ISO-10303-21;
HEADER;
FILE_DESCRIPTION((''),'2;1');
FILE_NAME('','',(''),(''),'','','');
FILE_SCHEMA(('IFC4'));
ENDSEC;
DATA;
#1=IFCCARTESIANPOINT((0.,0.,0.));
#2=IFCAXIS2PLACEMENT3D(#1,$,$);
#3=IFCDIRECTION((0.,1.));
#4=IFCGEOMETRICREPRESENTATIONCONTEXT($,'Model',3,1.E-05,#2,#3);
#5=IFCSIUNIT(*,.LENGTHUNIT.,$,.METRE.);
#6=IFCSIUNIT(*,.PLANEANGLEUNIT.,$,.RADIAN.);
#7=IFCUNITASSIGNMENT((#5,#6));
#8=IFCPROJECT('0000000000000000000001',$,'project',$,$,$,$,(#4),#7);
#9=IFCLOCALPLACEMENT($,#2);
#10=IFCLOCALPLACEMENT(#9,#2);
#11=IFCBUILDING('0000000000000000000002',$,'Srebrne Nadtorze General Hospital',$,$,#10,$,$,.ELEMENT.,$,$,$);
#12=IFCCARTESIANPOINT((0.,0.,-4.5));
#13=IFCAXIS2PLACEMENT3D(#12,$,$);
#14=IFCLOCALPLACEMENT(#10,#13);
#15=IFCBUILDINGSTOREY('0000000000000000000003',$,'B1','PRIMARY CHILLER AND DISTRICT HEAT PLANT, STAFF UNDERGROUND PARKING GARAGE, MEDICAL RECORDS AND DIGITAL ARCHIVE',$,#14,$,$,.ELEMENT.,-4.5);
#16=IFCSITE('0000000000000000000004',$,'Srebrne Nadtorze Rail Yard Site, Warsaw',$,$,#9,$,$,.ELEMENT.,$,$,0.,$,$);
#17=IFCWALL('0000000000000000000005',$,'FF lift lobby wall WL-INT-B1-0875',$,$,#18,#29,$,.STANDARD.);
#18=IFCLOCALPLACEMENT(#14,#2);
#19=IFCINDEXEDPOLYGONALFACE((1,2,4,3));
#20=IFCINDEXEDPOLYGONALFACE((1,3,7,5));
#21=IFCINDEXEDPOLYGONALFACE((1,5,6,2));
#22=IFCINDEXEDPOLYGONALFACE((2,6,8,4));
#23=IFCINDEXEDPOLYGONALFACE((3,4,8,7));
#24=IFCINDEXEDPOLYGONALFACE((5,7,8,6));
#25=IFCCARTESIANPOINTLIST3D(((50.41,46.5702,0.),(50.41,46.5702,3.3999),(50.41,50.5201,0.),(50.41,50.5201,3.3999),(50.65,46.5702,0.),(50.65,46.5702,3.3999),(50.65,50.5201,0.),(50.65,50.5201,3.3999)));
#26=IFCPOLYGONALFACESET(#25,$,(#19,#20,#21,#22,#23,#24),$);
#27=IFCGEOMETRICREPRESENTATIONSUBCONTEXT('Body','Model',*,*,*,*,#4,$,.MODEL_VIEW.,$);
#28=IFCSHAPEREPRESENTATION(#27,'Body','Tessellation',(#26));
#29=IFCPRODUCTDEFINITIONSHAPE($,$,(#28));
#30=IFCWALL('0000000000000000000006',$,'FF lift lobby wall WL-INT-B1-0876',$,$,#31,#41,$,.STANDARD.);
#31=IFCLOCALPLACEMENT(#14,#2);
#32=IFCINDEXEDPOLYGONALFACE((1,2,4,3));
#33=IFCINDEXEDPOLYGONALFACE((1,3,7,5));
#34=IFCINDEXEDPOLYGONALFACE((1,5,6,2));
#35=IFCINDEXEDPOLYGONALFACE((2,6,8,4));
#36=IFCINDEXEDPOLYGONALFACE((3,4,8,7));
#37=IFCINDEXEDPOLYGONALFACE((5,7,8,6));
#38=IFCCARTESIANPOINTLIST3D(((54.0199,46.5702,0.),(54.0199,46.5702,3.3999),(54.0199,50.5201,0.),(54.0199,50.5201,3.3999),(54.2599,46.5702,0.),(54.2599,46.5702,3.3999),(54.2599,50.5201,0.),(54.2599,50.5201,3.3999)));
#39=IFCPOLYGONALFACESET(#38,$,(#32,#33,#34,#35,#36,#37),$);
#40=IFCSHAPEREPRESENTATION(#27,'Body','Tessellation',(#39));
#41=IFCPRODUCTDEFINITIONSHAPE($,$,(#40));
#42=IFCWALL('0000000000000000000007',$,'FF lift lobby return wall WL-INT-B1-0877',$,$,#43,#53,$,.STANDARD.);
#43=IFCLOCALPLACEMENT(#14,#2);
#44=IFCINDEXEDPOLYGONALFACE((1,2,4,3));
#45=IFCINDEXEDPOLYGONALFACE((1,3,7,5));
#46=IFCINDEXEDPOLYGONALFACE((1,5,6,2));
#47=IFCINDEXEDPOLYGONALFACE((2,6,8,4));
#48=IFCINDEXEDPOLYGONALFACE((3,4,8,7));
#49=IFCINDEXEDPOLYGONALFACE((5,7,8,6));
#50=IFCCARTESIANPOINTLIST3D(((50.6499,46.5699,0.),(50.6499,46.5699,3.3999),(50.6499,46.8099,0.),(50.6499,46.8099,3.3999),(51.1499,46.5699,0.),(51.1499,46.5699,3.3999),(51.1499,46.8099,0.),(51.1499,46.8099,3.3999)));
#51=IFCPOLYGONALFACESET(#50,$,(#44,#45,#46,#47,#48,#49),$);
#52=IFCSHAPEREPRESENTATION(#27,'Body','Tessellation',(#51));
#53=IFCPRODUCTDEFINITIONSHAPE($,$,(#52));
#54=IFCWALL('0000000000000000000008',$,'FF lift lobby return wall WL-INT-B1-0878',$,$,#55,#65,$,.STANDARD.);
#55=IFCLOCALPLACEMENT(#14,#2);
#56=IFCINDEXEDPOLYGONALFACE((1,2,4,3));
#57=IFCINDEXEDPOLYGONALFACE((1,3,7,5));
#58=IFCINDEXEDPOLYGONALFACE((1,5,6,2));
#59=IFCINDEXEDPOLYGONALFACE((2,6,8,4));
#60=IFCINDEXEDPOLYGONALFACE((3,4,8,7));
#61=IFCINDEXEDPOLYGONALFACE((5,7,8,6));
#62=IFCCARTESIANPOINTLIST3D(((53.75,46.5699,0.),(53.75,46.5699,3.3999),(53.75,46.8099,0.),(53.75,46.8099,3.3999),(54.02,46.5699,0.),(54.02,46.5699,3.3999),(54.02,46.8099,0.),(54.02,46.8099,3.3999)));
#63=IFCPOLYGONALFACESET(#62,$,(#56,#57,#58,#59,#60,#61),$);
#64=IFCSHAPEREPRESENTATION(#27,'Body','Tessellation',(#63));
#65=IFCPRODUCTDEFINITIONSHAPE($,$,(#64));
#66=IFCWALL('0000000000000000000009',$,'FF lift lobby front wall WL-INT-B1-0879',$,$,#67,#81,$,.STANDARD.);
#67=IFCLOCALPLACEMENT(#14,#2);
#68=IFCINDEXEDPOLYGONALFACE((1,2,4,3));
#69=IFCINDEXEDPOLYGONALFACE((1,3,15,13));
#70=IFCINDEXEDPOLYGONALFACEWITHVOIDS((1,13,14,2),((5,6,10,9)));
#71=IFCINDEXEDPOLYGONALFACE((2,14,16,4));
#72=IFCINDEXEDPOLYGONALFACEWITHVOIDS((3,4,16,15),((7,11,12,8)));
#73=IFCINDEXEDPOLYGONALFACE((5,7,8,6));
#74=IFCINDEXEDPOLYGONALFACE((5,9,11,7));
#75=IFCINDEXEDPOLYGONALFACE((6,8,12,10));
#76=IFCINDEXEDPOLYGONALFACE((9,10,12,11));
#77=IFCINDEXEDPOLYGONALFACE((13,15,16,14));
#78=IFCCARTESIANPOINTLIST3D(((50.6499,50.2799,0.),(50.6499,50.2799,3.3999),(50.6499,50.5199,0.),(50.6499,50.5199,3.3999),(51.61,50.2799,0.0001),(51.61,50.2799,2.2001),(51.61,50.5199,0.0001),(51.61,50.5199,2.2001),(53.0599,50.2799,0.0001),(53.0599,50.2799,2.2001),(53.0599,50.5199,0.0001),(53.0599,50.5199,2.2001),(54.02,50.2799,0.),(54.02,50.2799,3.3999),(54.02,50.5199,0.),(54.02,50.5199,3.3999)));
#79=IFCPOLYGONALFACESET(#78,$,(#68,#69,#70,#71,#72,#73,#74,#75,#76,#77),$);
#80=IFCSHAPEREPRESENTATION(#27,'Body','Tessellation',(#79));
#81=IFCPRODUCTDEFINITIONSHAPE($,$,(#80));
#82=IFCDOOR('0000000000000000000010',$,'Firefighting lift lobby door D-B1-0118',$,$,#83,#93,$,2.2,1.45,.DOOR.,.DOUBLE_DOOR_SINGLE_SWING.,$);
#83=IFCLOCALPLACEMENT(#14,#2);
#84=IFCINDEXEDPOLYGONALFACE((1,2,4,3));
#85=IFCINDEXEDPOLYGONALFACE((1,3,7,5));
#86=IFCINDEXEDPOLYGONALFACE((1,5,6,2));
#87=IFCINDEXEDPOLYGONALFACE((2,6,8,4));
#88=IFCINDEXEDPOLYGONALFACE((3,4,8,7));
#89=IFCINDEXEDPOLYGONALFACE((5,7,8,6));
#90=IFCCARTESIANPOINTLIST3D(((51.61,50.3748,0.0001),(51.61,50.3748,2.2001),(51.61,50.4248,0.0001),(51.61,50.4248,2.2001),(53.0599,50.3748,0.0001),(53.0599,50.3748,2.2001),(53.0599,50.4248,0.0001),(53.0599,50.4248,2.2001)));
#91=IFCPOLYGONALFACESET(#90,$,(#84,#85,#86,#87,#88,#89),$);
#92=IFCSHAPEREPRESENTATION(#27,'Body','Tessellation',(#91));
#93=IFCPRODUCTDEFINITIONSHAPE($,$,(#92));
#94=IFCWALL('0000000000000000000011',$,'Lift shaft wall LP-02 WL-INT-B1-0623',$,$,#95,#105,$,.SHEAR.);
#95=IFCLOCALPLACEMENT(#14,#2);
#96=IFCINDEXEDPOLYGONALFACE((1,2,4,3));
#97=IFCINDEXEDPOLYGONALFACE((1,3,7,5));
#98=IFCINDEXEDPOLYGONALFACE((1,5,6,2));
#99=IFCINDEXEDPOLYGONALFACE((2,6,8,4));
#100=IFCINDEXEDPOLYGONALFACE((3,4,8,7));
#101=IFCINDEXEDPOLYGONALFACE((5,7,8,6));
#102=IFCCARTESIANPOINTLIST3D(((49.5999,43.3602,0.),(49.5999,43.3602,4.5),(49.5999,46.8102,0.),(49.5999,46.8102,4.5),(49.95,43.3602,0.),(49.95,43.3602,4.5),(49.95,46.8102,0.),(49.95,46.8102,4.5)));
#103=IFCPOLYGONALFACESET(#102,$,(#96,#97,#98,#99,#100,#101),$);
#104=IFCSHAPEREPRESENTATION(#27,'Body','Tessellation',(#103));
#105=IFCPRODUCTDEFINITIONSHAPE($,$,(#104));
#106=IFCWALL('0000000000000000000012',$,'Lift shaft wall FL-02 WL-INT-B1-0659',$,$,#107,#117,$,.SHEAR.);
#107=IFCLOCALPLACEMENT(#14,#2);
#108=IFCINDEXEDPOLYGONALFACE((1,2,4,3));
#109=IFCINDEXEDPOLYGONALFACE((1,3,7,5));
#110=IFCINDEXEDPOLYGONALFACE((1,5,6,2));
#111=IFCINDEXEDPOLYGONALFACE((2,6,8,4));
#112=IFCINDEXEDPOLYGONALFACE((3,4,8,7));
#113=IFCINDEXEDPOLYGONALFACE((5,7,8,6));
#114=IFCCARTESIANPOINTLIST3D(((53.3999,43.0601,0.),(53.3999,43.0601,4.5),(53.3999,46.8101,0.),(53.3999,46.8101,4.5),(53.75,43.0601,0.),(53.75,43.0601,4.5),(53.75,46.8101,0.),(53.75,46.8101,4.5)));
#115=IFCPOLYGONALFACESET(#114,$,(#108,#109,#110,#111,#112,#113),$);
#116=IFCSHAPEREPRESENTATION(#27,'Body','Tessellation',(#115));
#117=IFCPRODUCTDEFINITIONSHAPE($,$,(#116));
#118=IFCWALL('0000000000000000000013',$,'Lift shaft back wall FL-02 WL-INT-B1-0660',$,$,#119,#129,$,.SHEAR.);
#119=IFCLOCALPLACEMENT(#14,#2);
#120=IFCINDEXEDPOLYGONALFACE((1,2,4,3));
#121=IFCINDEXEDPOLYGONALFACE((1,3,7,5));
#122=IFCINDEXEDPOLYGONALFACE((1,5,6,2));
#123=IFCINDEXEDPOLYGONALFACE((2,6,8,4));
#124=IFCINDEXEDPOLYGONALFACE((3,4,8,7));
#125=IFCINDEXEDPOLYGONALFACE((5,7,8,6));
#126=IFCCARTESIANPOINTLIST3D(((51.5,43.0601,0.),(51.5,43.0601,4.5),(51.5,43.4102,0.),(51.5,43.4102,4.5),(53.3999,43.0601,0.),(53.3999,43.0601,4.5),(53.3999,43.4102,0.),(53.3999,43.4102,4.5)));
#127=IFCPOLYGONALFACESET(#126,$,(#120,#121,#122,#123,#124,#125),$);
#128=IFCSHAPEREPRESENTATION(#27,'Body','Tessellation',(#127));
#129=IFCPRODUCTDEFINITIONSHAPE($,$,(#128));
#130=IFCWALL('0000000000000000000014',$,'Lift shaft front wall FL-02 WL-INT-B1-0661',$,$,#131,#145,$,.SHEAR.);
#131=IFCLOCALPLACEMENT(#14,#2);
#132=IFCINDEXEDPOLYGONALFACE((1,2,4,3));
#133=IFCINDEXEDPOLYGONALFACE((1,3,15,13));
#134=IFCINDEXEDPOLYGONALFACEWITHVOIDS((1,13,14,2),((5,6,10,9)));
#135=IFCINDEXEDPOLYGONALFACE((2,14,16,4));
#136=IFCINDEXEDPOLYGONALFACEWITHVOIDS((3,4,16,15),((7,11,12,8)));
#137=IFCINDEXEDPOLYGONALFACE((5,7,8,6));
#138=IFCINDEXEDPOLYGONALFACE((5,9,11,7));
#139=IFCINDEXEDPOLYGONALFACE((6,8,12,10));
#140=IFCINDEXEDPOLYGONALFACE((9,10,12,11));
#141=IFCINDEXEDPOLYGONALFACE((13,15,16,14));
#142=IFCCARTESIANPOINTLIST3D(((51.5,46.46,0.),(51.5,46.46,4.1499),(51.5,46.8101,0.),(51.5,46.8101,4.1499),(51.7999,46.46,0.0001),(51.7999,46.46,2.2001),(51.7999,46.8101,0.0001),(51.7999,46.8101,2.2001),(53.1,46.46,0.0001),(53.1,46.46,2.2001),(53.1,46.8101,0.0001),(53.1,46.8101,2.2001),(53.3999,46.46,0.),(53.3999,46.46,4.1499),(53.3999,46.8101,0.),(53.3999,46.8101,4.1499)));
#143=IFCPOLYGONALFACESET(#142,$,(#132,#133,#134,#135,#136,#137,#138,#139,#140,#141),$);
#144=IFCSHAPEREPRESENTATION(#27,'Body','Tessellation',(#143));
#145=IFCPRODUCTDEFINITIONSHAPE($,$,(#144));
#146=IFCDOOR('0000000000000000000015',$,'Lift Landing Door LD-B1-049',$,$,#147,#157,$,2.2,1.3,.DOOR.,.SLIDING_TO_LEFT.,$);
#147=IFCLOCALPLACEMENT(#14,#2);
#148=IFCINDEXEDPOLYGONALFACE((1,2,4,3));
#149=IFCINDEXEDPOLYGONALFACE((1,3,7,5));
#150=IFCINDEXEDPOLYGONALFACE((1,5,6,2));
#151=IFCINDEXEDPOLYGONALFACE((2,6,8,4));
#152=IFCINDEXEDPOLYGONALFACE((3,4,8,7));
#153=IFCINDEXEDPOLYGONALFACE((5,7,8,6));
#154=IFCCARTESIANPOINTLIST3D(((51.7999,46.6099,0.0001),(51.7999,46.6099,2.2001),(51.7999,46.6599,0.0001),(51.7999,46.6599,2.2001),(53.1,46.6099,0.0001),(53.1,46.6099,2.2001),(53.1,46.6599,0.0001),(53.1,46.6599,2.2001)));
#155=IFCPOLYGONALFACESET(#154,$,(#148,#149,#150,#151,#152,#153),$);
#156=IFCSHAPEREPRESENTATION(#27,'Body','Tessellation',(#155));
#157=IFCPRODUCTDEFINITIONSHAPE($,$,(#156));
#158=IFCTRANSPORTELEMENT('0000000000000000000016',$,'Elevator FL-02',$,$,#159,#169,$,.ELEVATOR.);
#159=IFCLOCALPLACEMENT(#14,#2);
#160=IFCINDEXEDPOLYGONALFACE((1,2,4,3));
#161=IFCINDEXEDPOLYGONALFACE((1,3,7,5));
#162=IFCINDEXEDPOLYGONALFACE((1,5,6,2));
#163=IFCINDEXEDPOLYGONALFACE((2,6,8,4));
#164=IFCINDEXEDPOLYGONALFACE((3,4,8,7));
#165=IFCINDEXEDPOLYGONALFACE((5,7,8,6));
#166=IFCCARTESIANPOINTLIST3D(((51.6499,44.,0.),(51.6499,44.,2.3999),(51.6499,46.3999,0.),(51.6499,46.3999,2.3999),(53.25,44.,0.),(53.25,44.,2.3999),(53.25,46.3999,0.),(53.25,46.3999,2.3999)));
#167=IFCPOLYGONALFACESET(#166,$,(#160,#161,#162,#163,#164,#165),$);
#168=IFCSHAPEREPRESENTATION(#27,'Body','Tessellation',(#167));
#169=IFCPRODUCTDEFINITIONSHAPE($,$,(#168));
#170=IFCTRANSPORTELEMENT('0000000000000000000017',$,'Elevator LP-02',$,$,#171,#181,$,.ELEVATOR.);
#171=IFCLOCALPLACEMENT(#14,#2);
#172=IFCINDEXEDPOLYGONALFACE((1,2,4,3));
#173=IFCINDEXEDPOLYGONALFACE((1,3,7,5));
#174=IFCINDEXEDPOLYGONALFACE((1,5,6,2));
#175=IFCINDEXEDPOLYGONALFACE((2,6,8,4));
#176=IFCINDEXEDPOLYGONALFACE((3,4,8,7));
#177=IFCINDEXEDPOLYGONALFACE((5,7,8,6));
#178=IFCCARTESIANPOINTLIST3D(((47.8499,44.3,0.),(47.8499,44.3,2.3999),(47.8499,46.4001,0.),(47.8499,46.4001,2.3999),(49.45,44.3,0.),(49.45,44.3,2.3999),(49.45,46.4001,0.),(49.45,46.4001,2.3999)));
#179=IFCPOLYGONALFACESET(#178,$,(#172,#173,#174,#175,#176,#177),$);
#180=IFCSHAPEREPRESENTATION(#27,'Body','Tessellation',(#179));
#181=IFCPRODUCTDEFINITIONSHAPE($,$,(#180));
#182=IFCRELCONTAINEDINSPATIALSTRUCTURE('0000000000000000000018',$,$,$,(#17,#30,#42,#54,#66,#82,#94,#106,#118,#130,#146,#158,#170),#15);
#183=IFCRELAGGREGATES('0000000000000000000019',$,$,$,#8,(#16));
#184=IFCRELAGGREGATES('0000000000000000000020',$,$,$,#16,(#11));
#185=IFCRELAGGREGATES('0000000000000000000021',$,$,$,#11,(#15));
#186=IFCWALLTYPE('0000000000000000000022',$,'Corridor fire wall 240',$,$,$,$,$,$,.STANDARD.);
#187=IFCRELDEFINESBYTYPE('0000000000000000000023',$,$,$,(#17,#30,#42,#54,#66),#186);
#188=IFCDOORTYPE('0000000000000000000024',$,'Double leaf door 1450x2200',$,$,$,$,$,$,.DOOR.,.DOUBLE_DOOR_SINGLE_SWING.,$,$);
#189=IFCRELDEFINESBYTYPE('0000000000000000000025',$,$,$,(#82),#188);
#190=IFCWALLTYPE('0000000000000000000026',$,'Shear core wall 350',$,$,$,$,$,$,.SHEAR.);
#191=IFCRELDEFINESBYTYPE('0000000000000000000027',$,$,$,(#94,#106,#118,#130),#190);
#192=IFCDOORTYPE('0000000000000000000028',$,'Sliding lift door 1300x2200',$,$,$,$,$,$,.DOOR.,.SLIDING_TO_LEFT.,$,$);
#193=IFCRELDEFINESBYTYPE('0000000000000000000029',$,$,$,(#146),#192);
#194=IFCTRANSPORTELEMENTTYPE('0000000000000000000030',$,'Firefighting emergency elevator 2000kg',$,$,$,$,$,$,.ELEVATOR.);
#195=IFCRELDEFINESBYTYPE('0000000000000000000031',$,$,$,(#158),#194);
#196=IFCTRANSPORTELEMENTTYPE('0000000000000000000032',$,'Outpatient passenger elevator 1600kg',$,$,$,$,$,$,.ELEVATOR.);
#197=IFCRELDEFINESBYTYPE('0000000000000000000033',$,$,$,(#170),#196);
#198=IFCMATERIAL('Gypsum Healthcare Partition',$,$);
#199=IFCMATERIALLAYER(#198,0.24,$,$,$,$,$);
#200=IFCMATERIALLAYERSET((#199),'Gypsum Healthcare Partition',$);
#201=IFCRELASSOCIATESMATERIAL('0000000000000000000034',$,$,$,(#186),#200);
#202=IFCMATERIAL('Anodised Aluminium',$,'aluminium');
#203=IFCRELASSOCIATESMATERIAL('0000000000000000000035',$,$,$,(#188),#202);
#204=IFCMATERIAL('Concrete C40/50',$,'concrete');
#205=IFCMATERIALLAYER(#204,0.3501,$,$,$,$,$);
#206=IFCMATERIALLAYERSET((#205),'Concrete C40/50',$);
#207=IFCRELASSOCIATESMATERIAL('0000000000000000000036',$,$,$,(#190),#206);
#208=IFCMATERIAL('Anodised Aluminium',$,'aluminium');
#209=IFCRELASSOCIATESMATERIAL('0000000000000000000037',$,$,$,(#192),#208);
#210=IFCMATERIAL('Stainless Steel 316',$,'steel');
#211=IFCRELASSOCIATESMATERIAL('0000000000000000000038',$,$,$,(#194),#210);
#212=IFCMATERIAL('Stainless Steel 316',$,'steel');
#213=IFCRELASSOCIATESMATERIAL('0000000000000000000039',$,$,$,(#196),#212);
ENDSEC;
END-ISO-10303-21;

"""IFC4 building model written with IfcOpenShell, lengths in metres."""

from ifc_helpers import new_model, si_unit, direction, frame, frame_2d, origin, origin_2d, place, context, subcontext, project, spatial, rectangle, extrude, material, layer, layer_set, type_object, element, fill, save


model = new_model("IFC4")

# Units and contexts
model_context = context("Model", 3, precision=1e-05, world=origin(), true_north=direction((0.0, 1.0)))
body_context = subcontext(model_context, "Body", "Model", "MODEL_VIEW")
ifc_project = project(units=[si_unit("LENGTHUNIT", "METRE"), si_unit("PLANEANGLEUNIT", "RADIAN")], contexts=[model_context])

# Site, building, storey
site_placement = place(None, origin())
site = spatial("IfcSite", under=ifc_project, at=site_placement, Name="Srebrne Nadtorze Rail Yard Site, Warsaw", CompositionType="ELEMENT", RefElevation=0.0)
building_placement = place(site_placement, origin())
building = spatial("IfcBuilding", under=site, at=building_placement, Name="Srebrne Nadtorze General Hospital", CompositionType="ELEMENT")
storey_placement = place(building_placement, frame((0.0, 0.0, -4.5)))
storey = spatial("IfcBuildingStorey", under=building, at=storey_placement, Name="B1", Description="PRIMARY CHILLER AND DISTRICT HEAT PLANT, STAFF UNDERGROUND PARKING GARAGE, MEDICAL RECORDS AND DIGITAL ARCHIVE", CompositionType="ELEMENT", Elevation=-4.5)

# Walls
ifc_material_1 = material(Name="Gypsum Healthcare Partition")
ifc_layer_1 = layer(ifc_material_1, 0.24)
ifc_layer_set_1 = layer_set([ifc_layer_1], Name="Gypsum Healthcare Partition")
wall_type_1 = type_object("IfcWallType", Name="Corridor fire wall 240", PredefinedType="STANDARD", material=ifc_layer_set_1)
for number, where, z_axis, x_axis, name in (
    (1, (50.53, 46.5701, 0.0), (0.0, 0.0, 1.0), (0.0, 1.0, 0.0), "FF lift lobby wall WL-INT-B1-0875"),
    (2, (54.1399, 46.5701, 0.0), (0.0, 0.0, 1.0), (0.0, 1.0, 0.0), "FF lift lobby wall WL-INT-B1-0876"),
):
    element("IfcWall", number, at=place(storey_placement, frame(where, z_axis=z_axis, x_axis=x_axis)), inside=storey, type_object=wall_type_1, Name=name, PredefinedType="STANDARD", context=body_context, shape_type="SweptSolid", body=[
        extrude(rectangle(XDim=3.95, YDim=0.24, at=frame_2d((1.9751, 0.0))), origin(), (0.0, 0.0, 1.0), 3.3999),
    ])
wall_1_placement = place(storey_placement, frame((50.6499, 46.6899, 0.0), z_axis=(0.0, 0.0, 1.0), x_axis=(1.0, 0.0, 0.0)))
element("IfcWall", 3, at=wall_1_placement, inside=storey, type_object=wall_type_1, Name="FF lift lobby return wall WL-INT-B1-0877", PredefinedType="STANDARD", context=body_context, shape_type="SweptSolid", body=[
    extrude(rectangle(XDim=0.5, YDim=0.24, at=frame_2d((0.25, 0.0))), origin(), (0.0, 0.0, 1.0), 3.3999),
])
wall_2_placement = place(storey_placement, frame((53.75, 46.6899, 0.0), z_axis=(0.0, 0.0, 1.0), x_axis=(1.0, 0.0, 0.0)))
element("IfcWall", 4, at=wall_2_placement, inside=storey, type_object=wall_type_1, Name="FF lift lobby return wall WL-INT-B1-0878", PredefinedType="STANDARD", context=body_context, shape_type="SweptSolid", body=[
    extrude(rectangle(XDim=0.27, YDim=0.24, at=frame_2d((0.135, 0.0))), origin(), (0.0, 0.0, 1.0), 3.3999),
])

# Wall, opening, door
wall_3_placement = place(storey_placement, frame((50.6499, 50.3999, 0.0), z_axis=(0.0, 0.0, 1.0), x_axis=(1.0, 0.0, 0.0)))
wall_3 = element("IfcWall", 5, at=wall_3_placement, inside=storey, type_object=wall_type_1, Name="FF lift lobby front wall WL-INT-B1-0879", PredefinedType="STANDARD", context=body_context, shape_type="SweptSolid", body=[
    extrude(rectangle(XDim=3.3701, YDim=0.24, at=frame_2d((1.6851, 0.0))), origin(), (0.0, 0.0, 1.0), 3.3999),
])
opening_1_placement = place(wall_3_placement, frame((0.96, 0.0, 0.0)))
opening_1 = element("IfcOpeningElement", 6, at=opening_1_placement, cuts=wall_3, PredefinedType="OPENING", context=body_context, shape_type="SweptSolid", body=[
    extrude(rectangle(XDim=1.45, YDim=2.2, at=frame_2d((0.7251, 1.1001))), frame((0.0, 0.1318, 0.0), z_axis=(0.0, -1.0, 0.0), x_axis=(1.0, 0.0, 0.0)), (0.0, 0.0, 1.0), 0.2639),
])
ifc_material_2 = material(Name="Anodised Aluminium", Category="aluminium")
door_type_1 = type_object("IfcDoorType", Name="Double leaf door 1450x2200", OperationType="DOUBLE_DOOR_SINGLE_SWING", PredefinedType="DOOR", material=ifc_material_2)
door_1_placement = place(opening_1_placement, origin())
door_1 = element("IfcDoor", 7, at=door_1_placement, inside=storey, type_object=door_type_1, Name="Firefighting lift lobby door D-B1-0118", OperationType="DOUBLE_DOOR_SINGLE_SWING", OverallHeight=2.2, OverallWidth=1.45, PredefinedType="DOOR", context=body_context, shape_type="SweptSolid", body=[
    extrude(rectangle(XDim=1.45, YDim=2.2, at=frame_2d((0.7251, 1.1001))), frame((0.0, 0.0249, 0.0), z_axis=(0.0, -1.0, 0.0), x_axis=(1.0, 0.0, 0.0)), (0.0, 0.0, 1.0), 0.05),
])
fill(opening_1, door_1)

# Walls
ifc_material_3 = material(Name="Concrete C40/50", Category="concrete")
ifc_layer_2 = layer(ifc_material_3, 0.3501)
ifc_layer_set_2 = layer_set([ifc_layer_2], Name="Concrete C40/50")
wall_type_2 = type_object("IfcWallType", Name="Shear core wall 350", PredefinedType="SHEAR", material=ifc_layer_set_2)
wall_4_placement = place(storey_placement, frame((49.7749, 43.3601, 0.0), z_axis=(0.0, 0.0, 1.0), x_axis=(0.0, 1.0, 0.0)))
element("IfcWall", 8, at=wall_4_placement, inside=storey, type_object=wall_type_2, Name="Lift shaft wall LP-02 WL-INT-B1-0623", PredefinedType="SHEAR", context=body_context, shape_type="SweptSolid", body=[
    extrude(rectangle(XDim=3.45, YDim=0.3501, at=frame_2d((1.7251, 0.0))), origin(), (0.0, 0.0, 1.0), 4.5),
])
wall_5_placement = place(storey_placement, frame((53.575, 43.0601, 0.0), z_axis=(0.0, 0.0, 1.0), x_axis=(0.0, 1.0, 0.0)))
element("IfcWall", 9, at=wall_5_placement, inside=storey, type_object=wall_type_2, Name="Lift shaft wall FL-02 WL-INT-B1-0659", PredefinedType="SHEAR", context=body_context, shape_type="SweptSolid", body=[
    extrude(rectangle(XDim=3.75, YDim=0.3501, at=frame_2d((1.875, 0.0))), origin(), (0.0, 0.0, 1.0), 4.5),
])
wall_6_placement = place(storey_placement, frame((51.5, 43.2351, 0.0), z_axis=(0.0, 0.0, 1.0), x_axis=(1.0, 0.0, 0.0)))
element("IfcWall", 10, at=wall_6_placement, inside=storey, type_object=wall_type_2, Name="Lift shaft back wall FL-02 WL-INT-B1-0660", PredefinedType="SHEAR", context=body_context, shape_type="SweptSolid", body=[
    extrude(rectangle(XDim=1.8999, YDim=0.3501, at=frame_2d((0.95, 0.0))), origin(), (0.0, 0.0, 1.0), 4.5),
])

# Wall, opening, door
wall_7_placement = place(storey_placement, frame((51.5, 46.635, 0.0), z_axis=(0.0, 0.0, 1.0), x_axis=(1.0, 0.0, 0.0)))
wall_7 = element("IfcWall", 11, at=wall_7_placement, inside=storey, type_object=wall_type_2, Name="Lift shaft front wall FL-02 WL-INT-B1-0661", PredefinedType="SHEAR", context=body_context, shape_type="SweptSolid", body=[
    extrude(rectangle(XDim=1.8999, YDim=0.3501, at=frame_2d((0.95, 0.0))), origin(), (0.0, 0.0, 1.0), 4.1499),
])
opening_2_placement = place(wall_7_placement, frame((0.3, 0.0, 0.0)))
opening_2 = element("IfcOpeningElement", 12, at=opening_2_placement, cuts=wall_7, PredefinedType="OPENING", context=body_context, shape_type="SweptSolid", body=[
    extrude(rectangle(XDim=1.3, YDim=2.2, at=frame_2d((0.6499, 1.1001))), frame((0.0, 0.187, 0.0), z_axis=(0.0, -1.0, 0.0), x_axis=(1.0, 0.0, 0.0)), (0.0, 0.0, 1.0), 0.374),
])
ifc_material_4 = material(Name="Anodised Aluminium", Category="aluminium")
door_type_2 = type_object("IfcDoorType", Name="Sliding lift door 1300x2200", OperationType="SLIDING_TO_LEFT", PredefinedType="DOOR", material=ifc_material_4)
door_2_placement = place(opening_2_placement, origin())
door_2 = element("IfcDoor", 13, at=door_2_placement, inside=storey, type_object=door_type_2, Name="Lift Landing Door LD-B1-049", OperationType="SLIDING_TO_LEFT", OverallHeight=2.2, OverallWidth=1.3, PredefinedType="DOOR", context=body_context, shape_type="SweptSolid", body=[
    extrude(rectangle(XDim=1.3, YDim=2.2, at=frame_2d((0.6499, 1.1001))), frame((0.0, 0.0249, 0.0), z_axis=(0.0, -1.0, 0.0), x_axis=(1.0, 0.0, 0.0)), (0.0, 0.0, 1.0), 0.05),
])
fill(opening_2, door_2)

# Transport elements
ifc_material_5 = material(Name="Stainless Steel 316", Category="steel")
transport_element_type_1 = type_object("IfcTransportElementType", Name="Firefighting emergency elevator 2000kg", PredefinedType="ELEVATOR", material=ifc_material_5)
transport_element_1_placement = place(storey_placement, frame((52.45, 45.2, 0.0), z_axis=(0.0, 0.0, 1.0), x_axis=(1.0, 0.0, 0.0)))
element("IfcTransportElement", 14, at=transport_element_1_placement, inside=storey, type_object=transport_element_type_1, Name="Elevator FL-02", PredefinedType="ELEVATOR", context=body_context, shape_type="SweptSolid", body=[
    extrude(rectangle(XDim=1.6001, YDim=2.3999, at=origin_2d()), origin(), (0.0, 0.0, 1.0), 2.3999),
])
ifc_material_6 = material(Name="Stainless Steel 316", Category="steel")
transport_element_type_2 = type_object("IfcTransportElementType", Name="Outpatient passenger elevator 1600kg", PredefinedType="ELEVATOR", material=ifc_material_6)
transport_element_2_placement = place(storey_placement, frame((48.6499, 45.3501, 0.0), z_axis=(0.0, 0.0, 1.0), x_axis=(1.0, 0.0, 0.0)))
element("IfcTransportElement", 15, at=transport_element_2_placement, inside=storey, type_object=transport_element_type_2, Name="Elevator LP-02", PredefinedType="ELEVATOR", context=body_context, shape_type="SweptSolid", body=[
    extrude(rectangle(XDim=1.6001, YDim=2.1001, at=origin_2d()), origin(), (0.0, 0.0, 1.0), 2.3999),
])

save(model, "model.ifc")
